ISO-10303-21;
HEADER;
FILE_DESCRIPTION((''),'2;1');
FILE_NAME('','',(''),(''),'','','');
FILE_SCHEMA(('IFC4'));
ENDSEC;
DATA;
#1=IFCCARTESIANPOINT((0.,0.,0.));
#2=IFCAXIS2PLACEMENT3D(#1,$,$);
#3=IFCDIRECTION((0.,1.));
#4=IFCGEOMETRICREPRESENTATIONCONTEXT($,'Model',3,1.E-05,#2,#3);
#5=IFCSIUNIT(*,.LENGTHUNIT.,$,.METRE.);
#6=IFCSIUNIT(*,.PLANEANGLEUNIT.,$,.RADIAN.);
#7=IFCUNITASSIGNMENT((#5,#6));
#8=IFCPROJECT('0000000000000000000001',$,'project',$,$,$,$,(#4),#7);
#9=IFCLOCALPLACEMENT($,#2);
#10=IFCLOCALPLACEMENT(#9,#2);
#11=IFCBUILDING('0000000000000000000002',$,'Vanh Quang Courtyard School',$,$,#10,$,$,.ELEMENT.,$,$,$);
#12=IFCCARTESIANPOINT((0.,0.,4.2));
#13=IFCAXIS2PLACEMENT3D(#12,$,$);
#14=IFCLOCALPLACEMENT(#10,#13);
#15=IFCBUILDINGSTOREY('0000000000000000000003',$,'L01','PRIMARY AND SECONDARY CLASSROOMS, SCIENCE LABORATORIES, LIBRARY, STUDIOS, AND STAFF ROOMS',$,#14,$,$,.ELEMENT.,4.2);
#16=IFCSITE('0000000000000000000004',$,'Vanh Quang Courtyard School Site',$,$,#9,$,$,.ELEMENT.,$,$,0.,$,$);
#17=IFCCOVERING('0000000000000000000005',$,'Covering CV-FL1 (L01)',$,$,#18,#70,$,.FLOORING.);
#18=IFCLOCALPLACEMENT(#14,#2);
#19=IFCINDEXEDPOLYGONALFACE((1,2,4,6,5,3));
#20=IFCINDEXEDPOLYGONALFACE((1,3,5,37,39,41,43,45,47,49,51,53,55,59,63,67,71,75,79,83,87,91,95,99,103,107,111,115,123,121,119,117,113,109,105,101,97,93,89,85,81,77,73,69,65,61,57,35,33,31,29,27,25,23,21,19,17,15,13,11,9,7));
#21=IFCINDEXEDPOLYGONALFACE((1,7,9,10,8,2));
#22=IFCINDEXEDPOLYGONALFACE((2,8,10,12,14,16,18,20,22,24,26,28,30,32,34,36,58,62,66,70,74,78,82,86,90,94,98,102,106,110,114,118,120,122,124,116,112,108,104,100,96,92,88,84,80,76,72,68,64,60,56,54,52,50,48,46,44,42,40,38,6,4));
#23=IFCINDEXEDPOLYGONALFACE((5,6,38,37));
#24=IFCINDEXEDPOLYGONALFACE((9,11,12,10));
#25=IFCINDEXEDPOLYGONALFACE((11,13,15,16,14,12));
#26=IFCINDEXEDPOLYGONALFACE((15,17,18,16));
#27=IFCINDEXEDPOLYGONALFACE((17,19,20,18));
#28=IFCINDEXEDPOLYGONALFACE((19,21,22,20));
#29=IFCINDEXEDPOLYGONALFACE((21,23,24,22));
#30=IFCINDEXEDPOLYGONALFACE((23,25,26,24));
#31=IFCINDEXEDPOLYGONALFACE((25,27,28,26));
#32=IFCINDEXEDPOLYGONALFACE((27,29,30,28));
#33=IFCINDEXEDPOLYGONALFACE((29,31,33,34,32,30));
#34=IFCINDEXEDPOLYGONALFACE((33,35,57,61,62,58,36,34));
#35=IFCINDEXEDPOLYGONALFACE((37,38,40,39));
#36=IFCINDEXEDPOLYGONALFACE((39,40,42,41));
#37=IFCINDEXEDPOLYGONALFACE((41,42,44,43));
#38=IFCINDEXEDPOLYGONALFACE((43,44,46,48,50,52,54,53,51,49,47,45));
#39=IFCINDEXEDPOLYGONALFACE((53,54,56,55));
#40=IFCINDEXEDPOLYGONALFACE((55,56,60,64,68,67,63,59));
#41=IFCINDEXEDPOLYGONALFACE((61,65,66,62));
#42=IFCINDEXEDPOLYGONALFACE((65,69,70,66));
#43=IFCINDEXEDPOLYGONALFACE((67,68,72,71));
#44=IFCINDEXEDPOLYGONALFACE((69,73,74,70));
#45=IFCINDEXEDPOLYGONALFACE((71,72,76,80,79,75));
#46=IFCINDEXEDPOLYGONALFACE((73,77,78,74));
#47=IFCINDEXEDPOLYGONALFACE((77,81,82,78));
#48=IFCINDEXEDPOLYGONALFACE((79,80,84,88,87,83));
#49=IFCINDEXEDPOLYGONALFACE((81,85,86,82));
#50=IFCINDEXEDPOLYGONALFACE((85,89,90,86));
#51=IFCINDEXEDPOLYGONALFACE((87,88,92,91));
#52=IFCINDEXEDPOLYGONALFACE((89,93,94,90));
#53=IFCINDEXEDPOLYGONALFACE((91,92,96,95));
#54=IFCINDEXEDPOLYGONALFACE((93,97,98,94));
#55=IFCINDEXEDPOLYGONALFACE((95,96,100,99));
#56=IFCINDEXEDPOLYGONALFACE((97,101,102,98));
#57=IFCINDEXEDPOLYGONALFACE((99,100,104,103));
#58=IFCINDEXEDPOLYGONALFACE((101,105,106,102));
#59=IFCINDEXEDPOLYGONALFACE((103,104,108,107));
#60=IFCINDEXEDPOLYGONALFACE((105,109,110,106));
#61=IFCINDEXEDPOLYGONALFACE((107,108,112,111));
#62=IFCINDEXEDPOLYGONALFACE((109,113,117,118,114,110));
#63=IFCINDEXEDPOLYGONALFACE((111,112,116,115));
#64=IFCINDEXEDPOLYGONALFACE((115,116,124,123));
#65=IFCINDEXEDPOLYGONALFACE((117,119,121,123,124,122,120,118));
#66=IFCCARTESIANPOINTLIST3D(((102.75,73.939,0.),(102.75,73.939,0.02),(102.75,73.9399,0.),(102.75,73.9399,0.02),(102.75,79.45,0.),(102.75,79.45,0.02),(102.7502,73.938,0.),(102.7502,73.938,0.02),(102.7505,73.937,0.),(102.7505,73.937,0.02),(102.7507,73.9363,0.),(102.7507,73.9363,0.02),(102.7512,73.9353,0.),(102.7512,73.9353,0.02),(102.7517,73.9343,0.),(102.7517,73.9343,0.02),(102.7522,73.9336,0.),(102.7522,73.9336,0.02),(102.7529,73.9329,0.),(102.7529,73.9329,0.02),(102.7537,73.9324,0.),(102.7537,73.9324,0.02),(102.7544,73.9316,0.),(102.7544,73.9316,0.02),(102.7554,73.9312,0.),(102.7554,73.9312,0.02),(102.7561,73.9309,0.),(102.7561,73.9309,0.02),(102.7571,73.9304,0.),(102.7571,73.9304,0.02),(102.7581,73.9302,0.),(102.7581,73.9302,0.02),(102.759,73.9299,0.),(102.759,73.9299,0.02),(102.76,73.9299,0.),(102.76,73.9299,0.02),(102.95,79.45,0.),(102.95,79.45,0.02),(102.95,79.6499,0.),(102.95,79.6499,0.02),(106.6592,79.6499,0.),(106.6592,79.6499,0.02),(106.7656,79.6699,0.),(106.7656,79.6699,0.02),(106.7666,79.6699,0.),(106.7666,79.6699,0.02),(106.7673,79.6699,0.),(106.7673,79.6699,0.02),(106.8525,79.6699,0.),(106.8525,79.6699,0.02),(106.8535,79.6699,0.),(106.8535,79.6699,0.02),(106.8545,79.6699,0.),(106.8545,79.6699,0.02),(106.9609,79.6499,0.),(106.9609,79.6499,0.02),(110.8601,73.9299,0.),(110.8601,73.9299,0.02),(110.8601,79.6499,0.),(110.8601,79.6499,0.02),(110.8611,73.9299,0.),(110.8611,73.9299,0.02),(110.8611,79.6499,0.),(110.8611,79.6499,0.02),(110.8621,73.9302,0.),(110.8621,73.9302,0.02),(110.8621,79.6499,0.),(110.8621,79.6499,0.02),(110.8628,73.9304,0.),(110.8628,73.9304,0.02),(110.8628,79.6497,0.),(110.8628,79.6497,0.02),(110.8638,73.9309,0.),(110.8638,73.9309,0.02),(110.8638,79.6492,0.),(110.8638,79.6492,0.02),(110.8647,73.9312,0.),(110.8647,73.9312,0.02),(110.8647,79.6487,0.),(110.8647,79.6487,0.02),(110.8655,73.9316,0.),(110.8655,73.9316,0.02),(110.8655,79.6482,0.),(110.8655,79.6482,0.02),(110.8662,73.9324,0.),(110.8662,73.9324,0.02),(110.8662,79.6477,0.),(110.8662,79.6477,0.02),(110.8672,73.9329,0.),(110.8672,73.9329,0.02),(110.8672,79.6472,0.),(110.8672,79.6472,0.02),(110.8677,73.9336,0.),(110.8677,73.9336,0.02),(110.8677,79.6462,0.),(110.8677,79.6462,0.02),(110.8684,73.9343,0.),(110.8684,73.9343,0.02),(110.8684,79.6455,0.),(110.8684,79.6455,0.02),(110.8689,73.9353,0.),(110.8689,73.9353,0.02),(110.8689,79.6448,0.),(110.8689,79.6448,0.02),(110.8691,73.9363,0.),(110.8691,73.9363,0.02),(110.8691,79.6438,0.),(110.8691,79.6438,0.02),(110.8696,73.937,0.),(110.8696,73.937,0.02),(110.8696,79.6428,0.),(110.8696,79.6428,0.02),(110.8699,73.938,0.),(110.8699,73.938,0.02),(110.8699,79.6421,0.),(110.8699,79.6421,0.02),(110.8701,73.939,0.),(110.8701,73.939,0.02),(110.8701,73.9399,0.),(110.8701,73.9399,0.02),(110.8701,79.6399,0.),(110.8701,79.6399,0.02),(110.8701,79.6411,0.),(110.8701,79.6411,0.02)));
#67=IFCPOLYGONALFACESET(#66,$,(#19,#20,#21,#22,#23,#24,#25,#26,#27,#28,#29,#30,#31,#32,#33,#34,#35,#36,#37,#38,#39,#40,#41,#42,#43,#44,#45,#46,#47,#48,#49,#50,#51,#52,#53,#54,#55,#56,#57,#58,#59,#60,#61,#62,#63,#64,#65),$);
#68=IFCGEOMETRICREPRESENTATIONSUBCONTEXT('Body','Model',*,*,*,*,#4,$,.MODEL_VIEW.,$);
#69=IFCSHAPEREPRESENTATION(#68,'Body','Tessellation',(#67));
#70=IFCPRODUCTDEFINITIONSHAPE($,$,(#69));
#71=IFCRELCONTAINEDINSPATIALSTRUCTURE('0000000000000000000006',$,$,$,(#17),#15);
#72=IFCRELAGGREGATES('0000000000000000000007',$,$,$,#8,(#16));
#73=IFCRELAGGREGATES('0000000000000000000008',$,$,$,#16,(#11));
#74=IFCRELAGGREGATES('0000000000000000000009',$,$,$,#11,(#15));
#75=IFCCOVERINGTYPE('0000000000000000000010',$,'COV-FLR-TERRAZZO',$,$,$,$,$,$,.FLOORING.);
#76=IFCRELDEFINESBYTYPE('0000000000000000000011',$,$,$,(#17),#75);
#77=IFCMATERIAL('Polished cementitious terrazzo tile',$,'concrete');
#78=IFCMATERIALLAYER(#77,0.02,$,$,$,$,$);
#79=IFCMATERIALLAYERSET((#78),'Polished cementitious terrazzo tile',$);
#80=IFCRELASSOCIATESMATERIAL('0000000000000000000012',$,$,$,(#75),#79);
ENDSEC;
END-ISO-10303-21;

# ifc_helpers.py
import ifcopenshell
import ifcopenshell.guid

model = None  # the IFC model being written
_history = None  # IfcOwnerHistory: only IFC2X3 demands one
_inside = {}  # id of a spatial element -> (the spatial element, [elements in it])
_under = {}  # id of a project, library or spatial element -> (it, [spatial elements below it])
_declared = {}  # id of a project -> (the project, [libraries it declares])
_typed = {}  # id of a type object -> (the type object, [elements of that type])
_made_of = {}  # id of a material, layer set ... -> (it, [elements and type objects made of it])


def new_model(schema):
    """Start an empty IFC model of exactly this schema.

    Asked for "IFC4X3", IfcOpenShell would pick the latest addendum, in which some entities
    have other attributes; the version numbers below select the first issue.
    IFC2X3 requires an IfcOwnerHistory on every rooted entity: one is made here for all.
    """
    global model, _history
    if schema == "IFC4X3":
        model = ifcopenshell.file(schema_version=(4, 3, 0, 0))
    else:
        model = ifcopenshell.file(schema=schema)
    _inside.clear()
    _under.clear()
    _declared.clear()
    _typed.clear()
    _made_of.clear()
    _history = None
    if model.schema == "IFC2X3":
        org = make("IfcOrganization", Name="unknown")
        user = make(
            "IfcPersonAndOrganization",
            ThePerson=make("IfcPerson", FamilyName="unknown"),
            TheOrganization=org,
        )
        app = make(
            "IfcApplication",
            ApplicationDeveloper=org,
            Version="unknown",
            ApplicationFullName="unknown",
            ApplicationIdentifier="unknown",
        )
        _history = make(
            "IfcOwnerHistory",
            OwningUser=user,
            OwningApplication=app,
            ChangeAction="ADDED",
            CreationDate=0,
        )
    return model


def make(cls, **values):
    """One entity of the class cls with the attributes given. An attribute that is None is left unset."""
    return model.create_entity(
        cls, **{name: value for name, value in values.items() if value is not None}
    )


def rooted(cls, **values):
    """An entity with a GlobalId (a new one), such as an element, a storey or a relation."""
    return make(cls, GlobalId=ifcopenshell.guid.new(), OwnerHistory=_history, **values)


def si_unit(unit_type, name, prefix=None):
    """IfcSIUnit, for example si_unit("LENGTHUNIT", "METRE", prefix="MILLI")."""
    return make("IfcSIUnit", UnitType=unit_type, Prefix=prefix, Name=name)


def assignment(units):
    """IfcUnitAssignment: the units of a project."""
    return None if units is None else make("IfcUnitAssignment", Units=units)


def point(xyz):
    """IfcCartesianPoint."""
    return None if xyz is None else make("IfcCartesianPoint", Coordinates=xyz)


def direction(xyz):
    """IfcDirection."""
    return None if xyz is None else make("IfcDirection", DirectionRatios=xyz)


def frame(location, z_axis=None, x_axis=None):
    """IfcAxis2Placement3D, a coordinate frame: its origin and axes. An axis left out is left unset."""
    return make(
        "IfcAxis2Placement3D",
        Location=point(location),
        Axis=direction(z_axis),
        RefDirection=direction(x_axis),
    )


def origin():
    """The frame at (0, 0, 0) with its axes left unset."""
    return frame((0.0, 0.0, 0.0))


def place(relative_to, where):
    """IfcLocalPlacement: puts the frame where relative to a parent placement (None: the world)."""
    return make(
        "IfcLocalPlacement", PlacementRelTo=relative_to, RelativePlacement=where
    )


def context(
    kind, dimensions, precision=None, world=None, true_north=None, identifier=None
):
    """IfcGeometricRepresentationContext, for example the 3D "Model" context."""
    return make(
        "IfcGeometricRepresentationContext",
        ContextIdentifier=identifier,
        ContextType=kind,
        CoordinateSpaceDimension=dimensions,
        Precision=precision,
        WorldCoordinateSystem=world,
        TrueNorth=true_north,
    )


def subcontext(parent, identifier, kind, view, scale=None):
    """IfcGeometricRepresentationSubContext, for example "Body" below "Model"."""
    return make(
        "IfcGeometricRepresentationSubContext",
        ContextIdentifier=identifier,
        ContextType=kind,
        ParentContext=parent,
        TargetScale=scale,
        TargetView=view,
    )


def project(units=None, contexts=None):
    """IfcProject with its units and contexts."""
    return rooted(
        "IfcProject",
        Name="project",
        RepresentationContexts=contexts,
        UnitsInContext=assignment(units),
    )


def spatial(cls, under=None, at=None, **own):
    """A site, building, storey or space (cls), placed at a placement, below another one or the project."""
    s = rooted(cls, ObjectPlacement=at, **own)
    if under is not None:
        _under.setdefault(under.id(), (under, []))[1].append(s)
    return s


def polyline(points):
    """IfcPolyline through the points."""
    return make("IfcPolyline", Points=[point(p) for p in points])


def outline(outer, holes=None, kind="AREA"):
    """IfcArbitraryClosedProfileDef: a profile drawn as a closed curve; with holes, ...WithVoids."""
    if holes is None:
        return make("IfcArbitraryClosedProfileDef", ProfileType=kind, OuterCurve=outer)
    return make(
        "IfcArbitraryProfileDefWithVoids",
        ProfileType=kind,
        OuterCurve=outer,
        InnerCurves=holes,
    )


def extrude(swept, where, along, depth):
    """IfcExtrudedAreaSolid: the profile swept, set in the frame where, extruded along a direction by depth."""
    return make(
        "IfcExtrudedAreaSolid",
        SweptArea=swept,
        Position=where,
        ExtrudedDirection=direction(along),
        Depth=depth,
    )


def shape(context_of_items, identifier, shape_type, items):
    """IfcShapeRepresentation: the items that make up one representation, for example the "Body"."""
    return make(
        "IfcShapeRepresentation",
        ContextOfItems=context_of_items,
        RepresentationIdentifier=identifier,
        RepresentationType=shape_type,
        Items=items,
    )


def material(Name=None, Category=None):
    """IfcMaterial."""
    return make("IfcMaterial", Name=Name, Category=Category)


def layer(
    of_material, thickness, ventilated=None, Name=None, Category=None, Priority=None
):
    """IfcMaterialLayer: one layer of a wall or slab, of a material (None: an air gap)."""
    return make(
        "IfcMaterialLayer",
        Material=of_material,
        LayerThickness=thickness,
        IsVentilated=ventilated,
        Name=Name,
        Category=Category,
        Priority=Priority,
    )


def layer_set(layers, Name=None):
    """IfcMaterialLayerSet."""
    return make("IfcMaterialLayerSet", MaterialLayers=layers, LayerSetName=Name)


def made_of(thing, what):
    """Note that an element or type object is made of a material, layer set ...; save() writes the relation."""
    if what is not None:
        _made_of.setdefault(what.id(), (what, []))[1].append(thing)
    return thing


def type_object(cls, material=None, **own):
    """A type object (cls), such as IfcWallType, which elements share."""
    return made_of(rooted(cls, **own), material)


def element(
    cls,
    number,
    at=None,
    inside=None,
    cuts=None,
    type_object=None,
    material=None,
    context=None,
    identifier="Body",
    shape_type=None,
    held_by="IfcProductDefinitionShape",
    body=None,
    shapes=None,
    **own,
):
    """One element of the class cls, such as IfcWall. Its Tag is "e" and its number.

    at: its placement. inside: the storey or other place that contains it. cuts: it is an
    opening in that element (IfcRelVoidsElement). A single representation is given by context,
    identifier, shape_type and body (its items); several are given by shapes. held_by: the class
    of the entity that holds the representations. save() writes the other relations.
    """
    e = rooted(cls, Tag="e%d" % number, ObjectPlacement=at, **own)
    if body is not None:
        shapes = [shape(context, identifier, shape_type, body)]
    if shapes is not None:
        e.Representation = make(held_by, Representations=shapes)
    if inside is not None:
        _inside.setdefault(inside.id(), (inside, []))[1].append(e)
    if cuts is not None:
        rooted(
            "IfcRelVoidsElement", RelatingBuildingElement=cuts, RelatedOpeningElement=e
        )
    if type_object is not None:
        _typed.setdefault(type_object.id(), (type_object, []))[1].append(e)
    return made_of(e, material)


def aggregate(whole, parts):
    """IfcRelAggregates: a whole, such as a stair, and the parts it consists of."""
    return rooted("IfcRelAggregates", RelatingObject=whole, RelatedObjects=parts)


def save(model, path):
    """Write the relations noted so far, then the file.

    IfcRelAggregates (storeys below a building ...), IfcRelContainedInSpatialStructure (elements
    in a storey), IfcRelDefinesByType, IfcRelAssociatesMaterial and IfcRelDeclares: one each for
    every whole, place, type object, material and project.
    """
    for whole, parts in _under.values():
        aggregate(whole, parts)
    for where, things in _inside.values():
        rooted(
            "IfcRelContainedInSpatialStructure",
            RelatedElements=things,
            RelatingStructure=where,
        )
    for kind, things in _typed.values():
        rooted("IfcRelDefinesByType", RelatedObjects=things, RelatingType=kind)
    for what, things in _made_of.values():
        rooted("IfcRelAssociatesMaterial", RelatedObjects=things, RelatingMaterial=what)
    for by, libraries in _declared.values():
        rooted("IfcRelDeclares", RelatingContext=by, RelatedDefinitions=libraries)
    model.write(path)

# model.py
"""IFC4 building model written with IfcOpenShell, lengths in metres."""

from ifc_helpers import new_model, si_unit, direction, frame, origin, place, context, subcontext, project, spatial, polyline, outline, extrude, material, layer, layer_set, type_object, element, save


model = new_model("IFC4")

# Units and contexts
model_context = context("Model", 3, precision=1e-05, world=origin(), true_north=direction((0.0, 1.0)))
body_context = subcontext(model_context, "Body", "Model", "MODEL_VIEW")
ifc_project = project(units=[si_unit("LENGTHUNIT", "METRE"), si_unit("PLANEANGLEUNIT", "RADIAN")], contexts=[model_context])

# Site, building, storey
site_placement = place(None, origin())
site = spatial("IfcSite", under=ifc_project, at=site_placement, Name="Vanh Quang Courtyard School Site", CompositionType="ELEMENT", RefElevation=0.0)
building_placement = place(site_placement, origin())
building = spatial("IfcBuilding", under=site, at=building_placement, Name="Vanh Quang Courtyard School", CompositionType="ELEMENT")
storey_placement = place(building_placement, frame((0.0, 0.0, 4.2)))
storey = spatial("IfcBuildingStorey", under=building, at=storey_placement, Name="L01", Description="PRIMARY AND SECONDARY CLASSROOMS, SCIENCE LABORATORIES, LIBRARY, STUDIOS, AND STAFF ROOMS", CompositionType="ELEMENT", Elevation=4.2)

# Covering
ifc_material_1 = material(Name="Polished cementitious terrazzo tile", Category="concrete")
ifc_layer_1 = layer(ifc_material_1, 0.02)
ifc_layer_set_1 = layer_set([ifc_layer_1], Name="Polished cementitious terrazzo tile")
covering_type_1 = type_object("IfcCoveringType", Name="COV-FLR-TERRAZZO", PredefinedType="FLOORING", material=ifc_layer_set_1)
covering_1_placement = place(storey_placement, origin())
element("IfcCovering", 1, at=covering_1_placement, inside=storey, type_object=covering_type_1, Name="Covering CV-FL1 (L01)", PredefinedType="FLOORING", context=body_context, shape_type="SweptSolid", body=[
    extrude(outline(polyline([(102.75, 79.45), (102.95, 79.45), (102.95, 79.6499), (106.6592, 79.6499), (106.7656, 79.6699), (106.7666, 79.6699), (106.7673, 79.6699), (106.8525, 79.6699), (106.8535, 79.6699), (106.8545, 79.6699), (106.9609, 79.6499), (110.8601, 79.6499), (110.8611, 79.6499), (110.8621, 79.6499), (110.8628, 79.6497), (110.8638, 79.6492), (110.8647, 79.6487), (110.8655, 79.6482), (110.8662, 79.6477), (110.8672, 79.6472), (110.8677, 79.6462), (110.8684, 79.6455), (110.8689, 79.6448), (110.8691, 79.6438), (110.8696, 79.6428), (110.8699, 79.6421), (110.8701, 79.6411), (110.8701, 79.6399), (110.8701, 73.9399), (110.8701, 73.939), (110.8699, 73.938), (110.8696, 73.937), (110.8691, 73.9363), (110.8689, 73.9353), (110.8684, 73.9343), (110.8677, 73.9336), (110.8672, 73.9329), (110.8662, 73.9324), (110.8655, 73.9316), (110.8647, 73.9312), (110.8638, 73.9309), (110.8628, 73.9304), (110.8621, 73.9302), (110.8611, 73.9299), (110.8601, 73.9299), (102.76, 73.9299), (102.759, 73.9299), (102.7581, 73.9302), (102.7571, 73.9304), (102.7561, 73.9309), (102.7554, 73.9312), (102.7544, 73.9316), (102.7537, 73.9324), (102.7529, 73.9329), (102.7522, 73.9336), (102.7517, 73.9343), (102.7512, 73.9353), (102.7507, 73.9363), (102.7505, 73.937), (102.7502, 73.938), (102.75, 73.939), (102.75, 73.9399), (102.75, 79.45)])), origin(), (0.0, 0.0, 1.0), 0.02),
])

save(model, "model.ifc")
